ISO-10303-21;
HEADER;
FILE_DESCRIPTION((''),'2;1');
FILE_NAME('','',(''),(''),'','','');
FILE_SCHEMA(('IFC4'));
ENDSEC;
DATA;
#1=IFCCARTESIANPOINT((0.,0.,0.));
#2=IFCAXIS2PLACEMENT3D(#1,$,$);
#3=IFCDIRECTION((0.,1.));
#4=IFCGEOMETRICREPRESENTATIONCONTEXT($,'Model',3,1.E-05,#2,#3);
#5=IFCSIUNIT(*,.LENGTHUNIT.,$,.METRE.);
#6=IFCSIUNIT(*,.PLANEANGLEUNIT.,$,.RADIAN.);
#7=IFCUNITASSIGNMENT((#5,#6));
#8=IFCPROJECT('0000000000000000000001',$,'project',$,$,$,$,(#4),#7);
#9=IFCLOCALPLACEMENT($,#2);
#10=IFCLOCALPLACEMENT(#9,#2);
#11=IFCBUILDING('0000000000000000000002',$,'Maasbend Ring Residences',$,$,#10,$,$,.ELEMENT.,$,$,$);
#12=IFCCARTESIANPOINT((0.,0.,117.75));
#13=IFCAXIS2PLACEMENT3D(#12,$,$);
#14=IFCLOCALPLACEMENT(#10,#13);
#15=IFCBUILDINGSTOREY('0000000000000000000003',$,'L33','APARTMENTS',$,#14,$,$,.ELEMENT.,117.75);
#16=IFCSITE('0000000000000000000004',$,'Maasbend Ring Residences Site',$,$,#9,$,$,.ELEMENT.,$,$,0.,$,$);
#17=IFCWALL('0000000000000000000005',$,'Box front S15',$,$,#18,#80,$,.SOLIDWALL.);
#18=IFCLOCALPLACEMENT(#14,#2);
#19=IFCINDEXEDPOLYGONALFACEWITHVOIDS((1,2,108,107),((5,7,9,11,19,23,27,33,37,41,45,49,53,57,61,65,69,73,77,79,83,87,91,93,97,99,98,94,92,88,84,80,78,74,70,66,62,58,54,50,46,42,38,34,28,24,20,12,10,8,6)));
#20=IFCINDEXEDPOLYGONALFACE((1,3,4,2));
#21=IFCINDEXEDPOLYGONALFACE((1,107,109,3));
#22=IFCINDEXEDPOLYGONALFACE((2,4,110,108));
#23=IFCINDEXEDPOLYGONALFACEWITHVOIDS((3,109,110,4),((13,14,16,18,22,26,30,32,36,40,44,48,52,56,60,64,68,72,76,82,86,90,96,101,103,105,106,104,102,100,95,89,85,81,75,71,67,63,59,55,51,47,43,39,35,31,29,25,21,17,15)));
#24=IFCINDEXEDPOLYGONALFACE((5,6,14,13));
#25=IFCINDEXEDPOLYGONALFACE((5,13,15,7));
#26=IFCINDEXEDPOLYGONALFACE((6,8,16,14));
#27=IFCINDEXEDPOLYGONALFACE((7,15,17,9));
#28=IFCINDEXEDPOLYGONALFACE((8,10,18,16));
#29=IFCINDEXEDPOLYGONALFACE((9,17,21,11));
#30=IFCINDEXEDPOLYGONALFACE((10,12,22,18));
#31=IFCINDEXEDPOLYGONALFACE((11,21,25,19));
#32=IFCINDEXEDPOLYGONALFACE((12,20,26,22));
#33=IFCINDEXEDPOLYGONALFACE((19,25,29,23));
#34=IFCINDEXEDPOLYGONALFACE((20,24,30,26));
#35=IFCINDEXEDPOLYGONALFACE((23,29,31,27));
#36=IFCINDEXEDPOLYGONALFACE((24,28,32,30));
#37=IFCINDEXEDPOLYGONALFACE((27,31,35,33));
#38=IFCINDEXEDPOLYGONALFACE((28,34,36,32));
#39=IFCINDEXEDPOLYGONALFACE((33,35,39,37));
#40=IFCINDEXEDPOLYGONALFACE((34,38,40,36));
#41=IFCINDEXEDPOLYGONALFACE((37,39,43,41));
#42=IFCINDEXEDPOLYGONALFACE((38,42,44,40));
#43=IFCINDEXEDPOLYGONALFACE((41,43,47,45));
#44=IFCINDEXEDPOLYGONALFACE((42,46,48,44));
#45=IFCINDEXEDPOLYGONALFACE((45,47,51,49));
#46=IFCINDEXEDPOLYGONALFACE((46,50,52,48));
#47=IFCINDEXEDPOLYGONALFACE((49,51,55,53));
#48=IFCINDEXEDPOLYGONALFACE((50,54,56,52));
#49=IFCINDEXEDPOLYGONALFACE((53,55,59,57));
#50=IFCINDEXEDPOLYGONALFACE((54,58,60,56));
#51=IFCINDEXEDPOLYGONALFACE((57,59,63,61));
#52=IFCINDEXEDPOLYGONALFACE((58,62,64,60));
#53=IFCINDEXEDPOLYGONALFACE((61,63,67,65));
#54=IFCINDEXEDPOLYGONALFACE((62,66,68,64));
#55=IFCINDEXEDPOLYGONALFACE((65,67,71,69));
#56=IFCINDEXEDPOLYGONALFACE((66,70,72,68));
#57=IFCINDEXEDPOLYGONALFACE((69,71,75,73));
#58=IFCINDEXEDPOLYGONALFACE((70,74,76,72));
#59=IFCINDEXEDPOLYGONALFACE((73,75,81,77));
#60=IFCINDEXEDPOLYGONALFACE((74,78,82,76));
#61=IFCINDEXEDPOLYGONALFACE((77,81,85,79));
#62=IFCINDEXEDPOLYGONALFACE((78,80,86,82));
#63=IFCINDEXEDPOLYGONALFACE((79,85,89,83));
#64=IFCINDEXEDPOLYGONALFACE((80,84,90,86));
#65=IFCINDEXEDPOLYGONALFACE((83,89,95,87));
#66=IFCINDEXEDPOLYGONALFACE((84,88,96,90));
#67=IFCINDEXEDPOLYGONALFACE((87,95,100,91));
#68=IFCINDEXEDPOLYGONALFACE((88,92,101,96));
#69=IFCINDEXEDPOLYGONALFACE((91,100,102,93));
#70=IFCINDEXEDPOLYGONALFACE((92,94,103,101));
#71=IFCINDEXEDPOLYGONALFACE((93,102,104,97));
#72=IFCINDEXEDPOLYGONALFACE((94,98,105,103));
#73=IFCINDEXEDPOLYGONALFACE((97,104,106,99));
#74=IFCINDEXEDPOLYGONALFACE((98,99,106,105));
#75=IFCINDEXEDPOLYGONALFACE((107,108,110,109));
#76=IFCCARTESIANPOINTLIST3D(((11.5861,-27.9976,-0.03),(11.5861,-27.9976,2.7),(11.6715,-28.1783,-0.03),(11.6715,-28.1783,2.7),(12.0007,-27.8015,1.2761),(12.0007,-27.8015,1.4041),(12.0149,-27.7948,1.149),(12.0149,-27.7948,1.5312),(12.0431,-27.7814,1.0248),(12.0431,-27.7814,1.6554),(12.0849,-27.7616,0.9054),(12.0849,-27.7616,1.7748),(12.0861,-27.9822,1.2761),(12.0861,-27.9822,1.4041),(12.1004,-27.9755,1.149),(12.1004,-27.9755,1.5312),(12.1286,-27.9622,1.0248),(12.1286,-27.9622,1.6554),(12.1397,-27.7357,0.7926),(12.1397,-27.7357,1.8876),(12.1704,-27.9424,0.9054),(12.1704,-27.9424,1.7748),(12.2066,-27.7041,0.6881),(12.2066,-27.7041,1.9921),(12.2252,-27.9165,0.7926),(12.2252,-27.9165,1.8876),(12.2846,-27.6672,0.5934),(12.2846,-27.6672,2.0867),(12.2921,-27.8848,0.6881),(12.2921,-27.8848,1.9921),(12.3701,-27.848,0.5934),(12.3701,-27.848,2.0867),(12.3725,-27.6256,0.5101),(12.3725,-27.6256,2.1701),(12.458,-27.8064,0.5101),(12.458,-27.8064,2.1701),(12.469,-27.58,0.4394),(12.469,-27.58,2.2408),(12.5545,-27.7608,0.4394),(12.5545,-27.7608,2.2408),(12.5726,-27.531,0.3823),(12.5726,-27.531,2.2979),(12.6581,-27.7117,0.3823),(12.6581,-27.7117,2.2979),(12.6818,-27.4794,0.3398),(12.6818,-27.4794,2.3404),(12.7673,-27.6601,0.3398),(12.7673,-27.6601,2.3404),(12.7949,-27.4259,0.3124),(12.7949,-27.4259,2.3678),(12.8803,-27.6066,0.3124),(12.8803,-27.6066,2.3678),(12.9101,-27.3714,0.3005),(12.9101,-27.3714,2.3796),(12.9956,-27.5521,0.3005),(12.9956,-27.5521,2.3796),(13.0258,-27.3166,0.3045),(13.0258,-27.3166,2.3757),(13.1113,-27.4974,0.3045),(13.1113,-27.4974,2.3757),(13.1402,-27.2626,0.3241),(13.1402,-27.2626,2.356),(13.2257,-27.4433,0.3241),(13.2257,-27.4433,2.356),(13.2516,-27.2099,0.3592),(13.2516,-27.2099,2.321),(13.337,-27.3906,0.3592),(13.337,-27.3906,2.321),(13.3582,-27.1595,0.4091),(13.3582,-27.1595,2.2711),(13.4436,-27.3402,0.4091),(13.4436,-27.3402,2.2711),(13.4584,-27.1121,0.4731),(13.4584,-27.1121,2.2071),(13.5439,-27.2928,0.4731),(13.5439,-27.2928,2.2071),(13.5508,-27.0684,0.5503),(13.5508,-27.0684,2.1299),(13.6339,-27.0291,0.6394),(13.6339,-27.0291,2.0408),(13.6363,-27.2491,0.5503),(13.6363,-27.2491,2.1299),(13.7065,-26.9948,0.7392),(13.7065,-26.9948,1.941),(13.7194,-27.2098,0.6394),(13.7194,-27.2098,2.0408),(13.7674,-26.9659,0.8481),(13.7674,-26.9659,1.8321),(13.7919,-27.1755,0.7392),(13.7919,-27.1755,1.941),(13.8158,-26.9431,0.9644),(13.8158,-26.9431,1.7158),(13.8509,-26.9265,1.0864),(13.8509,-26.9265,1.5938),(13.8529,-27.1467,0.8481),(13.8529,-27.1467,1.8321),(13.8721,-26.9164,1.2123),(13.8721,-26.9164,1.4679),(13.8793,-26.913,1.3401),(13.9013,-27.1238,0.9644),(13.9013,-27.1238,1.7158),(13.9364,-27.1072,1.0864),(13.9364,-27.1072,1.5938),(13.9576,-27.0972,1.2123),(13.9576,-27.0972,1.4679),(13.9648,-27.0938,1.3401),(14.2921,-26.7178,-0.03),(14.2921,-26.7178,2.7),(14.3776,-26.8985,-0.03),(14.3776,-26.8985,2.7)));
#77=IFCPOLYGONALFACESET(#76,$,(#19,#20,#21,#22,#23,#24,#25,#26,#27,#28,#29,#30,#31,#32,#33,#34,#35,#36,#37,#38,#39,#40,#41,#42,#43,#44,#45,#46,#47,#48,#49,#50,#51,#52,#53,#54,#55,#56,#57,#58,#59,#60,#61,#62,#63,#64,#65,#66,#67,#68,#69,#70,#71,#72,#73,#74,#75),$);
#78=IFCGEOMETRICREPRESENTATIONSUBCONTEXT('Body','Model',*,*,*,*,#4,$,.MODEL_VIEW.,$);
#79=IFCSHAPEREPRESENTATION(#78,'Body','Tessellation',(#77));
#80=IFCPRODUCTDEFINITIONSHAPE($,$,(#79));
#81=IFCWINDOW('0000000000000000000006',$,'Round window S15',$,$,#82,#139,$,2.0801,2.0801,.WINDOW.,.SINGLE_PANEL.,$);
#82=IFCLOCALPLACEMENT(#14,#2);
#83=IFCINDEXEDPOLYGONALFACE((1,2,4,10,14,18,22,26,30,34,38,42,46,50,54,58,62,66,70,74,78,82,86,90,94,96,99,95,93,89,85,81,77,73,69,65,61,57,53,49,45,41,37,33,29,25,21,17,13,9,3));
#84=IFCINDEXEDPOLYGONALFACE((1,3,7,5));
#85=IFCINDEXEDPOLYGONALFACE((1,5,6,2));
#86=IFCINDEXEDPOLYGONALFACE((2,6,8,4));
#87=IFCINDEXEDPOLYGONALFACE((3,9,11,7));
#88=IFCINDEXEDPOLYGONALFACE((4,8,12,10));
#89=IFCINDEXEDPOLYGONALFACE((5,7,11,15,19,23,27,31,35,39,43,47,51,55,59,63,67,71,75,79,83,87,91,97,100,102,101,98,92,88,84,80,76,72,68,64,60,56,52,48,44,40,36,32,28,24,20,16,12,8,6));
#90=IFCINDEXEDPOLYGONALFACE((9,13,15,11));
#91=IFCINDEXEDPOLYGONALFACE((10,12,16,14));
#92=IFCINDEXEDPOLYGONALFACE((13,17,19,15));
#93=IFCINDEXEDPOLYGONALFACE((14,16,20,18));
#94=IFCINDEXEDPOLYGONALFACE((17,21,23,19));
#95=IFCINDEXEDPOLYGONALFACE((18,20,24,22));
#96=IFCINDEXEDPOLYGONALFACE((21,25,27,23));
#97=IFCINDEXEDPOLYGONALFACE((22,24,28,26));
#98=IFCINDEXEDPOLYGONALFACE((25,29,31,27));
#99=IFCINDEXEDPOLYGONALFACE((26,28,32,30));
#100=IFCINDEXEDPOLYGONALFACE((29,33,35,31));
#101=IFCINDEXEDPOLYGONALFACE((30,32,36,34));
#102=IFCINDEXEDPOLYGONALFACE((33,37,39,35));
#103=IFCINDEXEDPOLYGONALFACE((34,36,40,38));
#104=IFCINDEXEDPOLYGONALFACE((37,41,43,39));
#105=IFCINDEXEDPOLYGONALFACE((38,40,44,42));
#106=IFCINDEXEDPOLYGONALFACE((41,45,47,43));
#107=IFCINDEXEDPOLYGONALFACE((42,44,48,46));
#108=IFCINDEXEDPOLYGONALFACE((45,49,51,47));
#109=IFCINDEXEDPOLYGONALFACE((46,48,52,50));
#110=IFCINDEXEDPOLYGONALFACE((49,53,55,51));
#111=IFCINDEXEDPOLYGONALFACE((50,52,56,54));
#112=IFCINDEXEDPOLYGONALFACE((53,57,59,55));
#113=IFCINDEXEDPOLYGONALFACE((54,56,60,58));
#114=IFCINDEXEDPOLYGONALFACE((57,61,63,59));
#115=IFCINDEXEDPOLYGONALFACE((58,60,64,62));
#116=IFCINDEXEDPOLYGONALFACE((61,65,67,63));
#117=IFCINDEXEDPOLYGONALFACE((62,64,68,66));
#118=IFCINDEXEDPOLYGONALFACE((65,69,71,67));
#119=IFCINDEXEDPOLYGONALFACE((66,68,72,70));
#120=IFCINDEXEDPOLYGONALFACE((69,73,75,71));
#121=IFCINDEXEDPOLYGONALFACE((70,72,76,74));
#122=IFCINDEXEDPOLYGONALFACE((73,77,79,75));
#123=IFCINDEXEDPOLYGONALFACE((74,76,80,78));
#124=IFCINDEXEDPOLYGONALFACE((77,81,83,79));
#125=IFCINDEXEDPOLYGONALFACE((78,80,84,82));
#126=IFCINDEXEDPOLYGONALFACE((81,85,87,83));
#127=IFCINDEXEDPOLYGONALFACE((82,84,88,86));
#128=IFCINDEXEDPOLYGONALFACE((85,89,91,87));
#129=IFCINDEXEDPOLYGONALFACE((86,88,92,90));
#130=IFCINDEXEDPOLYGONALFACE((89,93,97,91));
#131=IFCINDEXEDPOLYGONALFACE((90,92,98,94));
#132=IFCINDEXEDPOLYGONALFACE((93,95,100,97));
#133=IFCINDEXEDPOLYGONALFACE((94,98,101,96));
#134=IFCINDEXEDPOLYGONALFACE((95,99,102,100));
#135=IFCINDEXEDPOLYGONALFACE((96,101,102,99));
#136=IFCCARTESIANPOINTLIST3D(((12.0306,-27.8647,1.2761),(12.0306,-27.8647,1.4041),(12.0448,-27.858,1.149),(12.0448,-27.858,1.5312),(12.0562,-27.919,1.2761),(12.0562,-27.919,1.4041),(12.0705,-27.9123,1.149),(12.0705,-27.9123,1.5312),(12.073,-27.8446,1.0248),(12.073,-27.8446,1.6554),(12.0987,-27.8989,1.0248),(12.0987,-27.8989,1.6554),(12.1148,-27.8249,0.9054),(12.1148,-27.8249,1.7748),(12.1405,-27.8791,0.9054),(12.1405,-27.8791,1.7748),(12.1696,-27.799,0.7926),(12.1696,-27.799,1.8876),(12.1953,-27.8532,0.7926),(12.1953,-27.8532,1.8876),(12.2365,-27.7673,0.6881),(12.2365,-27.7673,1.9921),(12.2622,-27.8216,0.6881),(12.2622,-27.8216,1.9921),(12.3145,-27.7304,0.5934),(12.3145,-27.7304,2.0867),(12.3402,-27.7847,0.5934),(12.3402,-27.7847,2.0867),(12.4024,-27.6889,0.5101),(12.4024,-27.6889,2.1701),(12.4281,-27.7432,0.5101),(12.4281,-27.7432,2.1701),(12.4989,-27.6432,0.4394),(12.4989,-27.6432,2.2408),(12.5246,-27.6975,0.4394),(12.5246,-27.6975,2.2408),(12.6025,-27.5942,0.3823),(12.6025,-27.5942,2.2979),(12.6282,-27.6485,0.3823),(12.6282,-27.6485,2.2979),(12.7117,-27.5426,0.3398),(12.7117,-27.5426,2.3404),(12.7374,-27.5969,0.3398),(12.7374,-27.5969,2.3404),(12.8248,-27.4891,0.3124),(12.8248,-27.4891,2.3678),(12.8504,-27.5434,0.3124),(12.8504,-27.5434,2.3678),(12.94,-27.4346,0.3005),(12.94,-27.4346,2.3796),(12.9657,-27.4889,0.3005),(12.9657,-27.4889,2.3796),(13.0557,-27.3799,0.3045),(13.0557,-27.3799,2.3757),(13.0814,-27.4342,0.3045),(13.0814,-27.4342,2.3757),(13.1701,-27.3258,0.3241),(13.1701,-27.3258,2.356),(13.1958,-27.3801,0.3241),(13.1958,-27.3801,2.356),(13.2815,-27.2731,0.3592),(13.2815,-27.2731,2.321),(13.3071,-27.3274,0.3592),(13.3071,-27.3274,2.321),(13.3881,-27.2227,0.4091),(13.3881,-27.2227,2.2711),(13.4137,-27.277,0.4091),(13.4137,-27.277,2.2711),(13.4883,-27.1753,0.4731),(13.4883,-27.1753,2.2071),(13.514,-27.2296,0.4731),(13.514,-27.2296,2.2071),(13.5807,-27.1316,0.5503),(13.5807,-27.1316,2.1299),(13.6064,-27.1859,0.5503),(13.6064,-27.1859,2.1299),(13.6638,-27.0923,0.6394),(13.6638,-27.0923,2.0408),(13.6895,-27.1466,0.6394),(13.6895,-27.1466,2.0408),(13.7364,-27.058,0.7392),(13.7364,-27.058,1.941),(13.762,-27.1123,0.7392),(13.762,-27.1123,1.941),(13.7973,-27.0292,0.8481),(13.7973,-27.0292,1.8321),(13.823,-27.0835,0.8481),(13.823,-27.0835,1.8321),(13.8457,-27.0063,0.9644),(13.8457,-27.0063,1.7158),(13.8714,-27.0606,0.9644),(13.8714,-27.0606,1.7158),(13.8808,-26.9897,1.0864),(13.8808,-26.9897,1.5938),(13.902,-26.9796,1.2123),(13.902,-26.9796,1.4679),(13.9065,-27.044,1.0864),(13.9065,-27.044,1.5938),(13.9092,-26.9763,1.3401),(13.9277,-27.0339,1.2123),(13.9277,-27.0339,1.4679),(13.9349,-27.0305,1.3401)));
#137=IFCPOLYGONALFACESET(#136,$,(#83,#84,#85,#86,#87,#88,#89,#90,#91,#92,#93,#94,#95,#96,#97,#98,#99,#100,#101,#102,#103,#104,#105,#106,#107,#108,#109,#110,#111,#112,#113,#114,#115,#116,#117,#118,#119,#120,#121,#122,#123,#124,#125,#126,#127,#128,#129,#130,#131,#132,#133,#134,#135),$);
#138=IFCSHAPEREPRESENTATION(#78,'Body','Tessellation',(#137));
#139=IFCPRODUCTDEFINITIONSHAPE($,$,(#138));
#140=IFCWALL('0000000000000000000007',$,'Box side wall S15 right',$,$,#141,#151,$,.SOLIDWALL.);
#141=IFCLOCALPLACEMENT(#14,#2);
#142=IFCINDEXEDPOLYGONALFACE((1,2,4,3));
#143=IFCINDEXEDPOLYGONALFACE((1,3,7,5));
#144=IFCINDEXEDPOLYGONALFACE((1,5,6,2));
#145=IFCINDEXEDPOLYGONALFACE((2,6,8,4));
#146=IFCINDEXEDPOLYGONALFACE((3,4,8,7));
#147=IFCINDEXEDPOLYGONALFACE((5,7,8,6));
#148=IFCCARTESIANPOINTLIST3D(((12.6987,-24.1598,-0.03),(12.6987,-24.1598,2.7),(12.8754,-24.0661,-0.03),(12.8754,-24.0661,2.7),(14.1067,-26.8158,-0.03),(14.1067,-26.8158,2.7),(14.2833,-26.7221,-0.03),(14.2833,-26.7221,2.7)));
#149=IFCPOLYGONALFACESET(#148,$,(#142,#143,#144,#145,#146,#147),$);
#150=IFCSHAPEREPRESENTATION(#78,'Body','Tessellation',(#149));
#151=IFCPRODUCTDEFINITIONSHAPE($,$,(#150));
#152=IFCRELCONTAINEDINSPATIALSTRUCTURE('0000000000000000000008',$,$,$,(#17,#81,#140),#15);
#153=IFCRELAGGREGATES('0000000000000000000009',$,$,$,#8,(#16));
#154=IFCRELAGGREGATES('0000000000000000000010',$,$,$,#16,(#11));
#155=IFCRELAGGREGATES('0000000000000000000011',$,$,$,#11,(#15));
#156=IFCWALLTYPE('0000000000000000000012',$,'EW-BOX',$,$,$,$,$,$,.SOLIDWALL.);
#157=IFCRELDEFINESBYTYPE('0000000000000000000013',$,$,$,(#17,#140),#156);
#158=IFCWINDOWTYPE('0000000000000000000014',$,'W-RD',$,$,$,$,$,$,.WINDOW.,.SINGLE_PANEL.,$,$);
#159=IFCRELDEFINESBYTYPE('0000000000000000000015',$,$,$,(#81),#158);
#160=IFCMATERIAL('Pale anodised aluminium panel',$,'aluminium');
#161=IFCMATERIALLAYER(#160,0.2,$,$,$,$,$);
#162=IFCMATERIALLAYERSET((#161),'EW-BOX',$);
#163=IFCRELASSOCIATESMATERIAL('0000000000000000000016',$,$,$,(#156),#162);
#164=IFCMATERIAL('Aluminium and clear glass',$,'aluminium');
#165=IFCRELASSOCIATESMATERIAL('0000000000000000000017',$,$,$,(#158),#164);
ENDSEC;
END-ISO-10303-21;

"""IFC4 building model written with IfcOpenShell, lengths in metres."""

from ifc_helpers import new_model, si_unit, direction, frame, frame_2d, origin, place, context, subcontext, project, spatial, rectangle, circle, extrude, material, layer, layer_set, type_object, element, fill, save


model = new_model("IFC4")

# Units and contexts
model_context = context("Model", 3, precision=1e-05, world=origin(), true_north=direction((0.0, 1.0)))
body_context = subcontext(model_context, "Body", "Model", "MODEL_VIEW")
ifc_project = project(units=[si_unit("LENGTHUNIT", "METRE"), si_unit("PLANEANGLEUNIT", "RADIAN")], contexts=[model_context])

# Site, building, storey
site_placement = place(None, origin())
site = spatial("IfcSite", under=ifc_project, at=site_placement, Name="Maasbend Ring Residences Site", CompositionType="ELEMENT", RefElevation=0.0)
building_placement = place(site_placement, origin())
building = spatial("IfcBuilding", under=site, at=building_placement, Name="Maasbend Ring Residences", CompositionType="ELEMENT")
storey_placement = place(building_placement, frame((0.0, 0.0, 117.75)))
storey = spatial("IfcBuildingStorey", under=building, at=storey_placement, Name="L33", Description="APARTMENTS", CompositionType="ELEMENT", Elevation=117.75)

# Wall, opening, window
ifc_material_1 = material(Name="Pale anodised aluminium panel", Category="aluminium")
ifc_layer_1 = layer(ifc_material_1, 0.2)
ifc_layer_set_1 = layer_set([ifc_layer_1], Name="EW-BOX")
wall_type_1 = type_object("IfcWallType", Name="EW-BOX", PredefinedType="SOLIDWALL", material=ifc_layer_set_1)
wall_1_placement = place(storey_placement, frame((11.6289, -28.0879, -0.03), z_axis=(0.0, 0.0, 1.0), x_axis=(0.904, 0.427532, 0.0)))
wall_1 = element("IfcWall", 1, at=wall_1_placement, inside=storey, type_object=wall_type_1, Name="Box front S15", PredefinedType="SOLIDWALL", context=body_context, shape_type="SweptSolid", body=[
    extrude(rectangle(XDim=2.9934, YDim=0.2, at=frame_2d((1.4966, 0.0))), origin(), (0.0, 0.0, 1.0), 2.73),
])
opening_1_placement = place(wall_1_placement, frame((0.4565, 0.0, 0.3301)))
opening_1 = element("IfcOpeningElement", 2, at=opening_1_placement, cuts=wall_1, PredefinedType="OPENING", context=body_context, shape_type="SweptSolid", body=[
    extrude(circle(Radius=1.04, at=frame_2d((1.04, 1.04))), frame((0.0, 0.1099, 0.0), z_axis=(0.0, -1.0, 0.0), x_axis=(1.0, 0.0, 0.0)), (0.0, 0.0, 1.0), 0.22),
])
ifc_material_2 = material(Name="Aluminium and clear glass", Category="aluminium")
window_type_1 = type_object("IfcWindowType", Name="W-RD", PartitioningType="SINGLE_PANEL", PredefinedType="WINDOW", material=ifc_material_2)
window_1_placement = place(opening_1_placement, origin())
window_1 = element("IfcWindow", 3, at=window_1_placement, inside=storey, type_object=window_type_1, Name="Round window S15", OverallHeight=2.0801, OverallWidth=2.0801, PartitioningType="SINGLE_PANEL", PredefinedType="WINDOW", context=body_context, shape_type="SweptSolid", body=[
    extrude(circle(Radius=1.04, at=frame_2d((1.04, 1.04))), frame((0.0, 0.03, 0.0), z_axis=(0.0, -1.0, 0.0), x_axis=(1.0, 0.0, 0.0)), (0.0, 0.0, 1.0), 0.0601),
])
fill(opening_1, window_1)

# Wall
wall_2_placement = place(storey_placement, frame((12.7871, -24.113, -0.03), z_axis=(0.0, 0.0, 1.0), x_axis=(0.468365, -0.883535, 0.0)))
element("IfcWall", 4, at=wall_2_placement, inside=storey, type_object=wall_type_1, Name="Box side wall S15 right", PredefinedType="SOLIDWALL", context=body_context, shape_type="SweptSolid", body=[
    extrude(rectangle(XDim=3.0061, YDim=0.2, at=frame_2d((1.5029, 0.0))), origin(), (0.0, 0.0, 1.0), 2.73),
])

save(model, "model.ifc")
